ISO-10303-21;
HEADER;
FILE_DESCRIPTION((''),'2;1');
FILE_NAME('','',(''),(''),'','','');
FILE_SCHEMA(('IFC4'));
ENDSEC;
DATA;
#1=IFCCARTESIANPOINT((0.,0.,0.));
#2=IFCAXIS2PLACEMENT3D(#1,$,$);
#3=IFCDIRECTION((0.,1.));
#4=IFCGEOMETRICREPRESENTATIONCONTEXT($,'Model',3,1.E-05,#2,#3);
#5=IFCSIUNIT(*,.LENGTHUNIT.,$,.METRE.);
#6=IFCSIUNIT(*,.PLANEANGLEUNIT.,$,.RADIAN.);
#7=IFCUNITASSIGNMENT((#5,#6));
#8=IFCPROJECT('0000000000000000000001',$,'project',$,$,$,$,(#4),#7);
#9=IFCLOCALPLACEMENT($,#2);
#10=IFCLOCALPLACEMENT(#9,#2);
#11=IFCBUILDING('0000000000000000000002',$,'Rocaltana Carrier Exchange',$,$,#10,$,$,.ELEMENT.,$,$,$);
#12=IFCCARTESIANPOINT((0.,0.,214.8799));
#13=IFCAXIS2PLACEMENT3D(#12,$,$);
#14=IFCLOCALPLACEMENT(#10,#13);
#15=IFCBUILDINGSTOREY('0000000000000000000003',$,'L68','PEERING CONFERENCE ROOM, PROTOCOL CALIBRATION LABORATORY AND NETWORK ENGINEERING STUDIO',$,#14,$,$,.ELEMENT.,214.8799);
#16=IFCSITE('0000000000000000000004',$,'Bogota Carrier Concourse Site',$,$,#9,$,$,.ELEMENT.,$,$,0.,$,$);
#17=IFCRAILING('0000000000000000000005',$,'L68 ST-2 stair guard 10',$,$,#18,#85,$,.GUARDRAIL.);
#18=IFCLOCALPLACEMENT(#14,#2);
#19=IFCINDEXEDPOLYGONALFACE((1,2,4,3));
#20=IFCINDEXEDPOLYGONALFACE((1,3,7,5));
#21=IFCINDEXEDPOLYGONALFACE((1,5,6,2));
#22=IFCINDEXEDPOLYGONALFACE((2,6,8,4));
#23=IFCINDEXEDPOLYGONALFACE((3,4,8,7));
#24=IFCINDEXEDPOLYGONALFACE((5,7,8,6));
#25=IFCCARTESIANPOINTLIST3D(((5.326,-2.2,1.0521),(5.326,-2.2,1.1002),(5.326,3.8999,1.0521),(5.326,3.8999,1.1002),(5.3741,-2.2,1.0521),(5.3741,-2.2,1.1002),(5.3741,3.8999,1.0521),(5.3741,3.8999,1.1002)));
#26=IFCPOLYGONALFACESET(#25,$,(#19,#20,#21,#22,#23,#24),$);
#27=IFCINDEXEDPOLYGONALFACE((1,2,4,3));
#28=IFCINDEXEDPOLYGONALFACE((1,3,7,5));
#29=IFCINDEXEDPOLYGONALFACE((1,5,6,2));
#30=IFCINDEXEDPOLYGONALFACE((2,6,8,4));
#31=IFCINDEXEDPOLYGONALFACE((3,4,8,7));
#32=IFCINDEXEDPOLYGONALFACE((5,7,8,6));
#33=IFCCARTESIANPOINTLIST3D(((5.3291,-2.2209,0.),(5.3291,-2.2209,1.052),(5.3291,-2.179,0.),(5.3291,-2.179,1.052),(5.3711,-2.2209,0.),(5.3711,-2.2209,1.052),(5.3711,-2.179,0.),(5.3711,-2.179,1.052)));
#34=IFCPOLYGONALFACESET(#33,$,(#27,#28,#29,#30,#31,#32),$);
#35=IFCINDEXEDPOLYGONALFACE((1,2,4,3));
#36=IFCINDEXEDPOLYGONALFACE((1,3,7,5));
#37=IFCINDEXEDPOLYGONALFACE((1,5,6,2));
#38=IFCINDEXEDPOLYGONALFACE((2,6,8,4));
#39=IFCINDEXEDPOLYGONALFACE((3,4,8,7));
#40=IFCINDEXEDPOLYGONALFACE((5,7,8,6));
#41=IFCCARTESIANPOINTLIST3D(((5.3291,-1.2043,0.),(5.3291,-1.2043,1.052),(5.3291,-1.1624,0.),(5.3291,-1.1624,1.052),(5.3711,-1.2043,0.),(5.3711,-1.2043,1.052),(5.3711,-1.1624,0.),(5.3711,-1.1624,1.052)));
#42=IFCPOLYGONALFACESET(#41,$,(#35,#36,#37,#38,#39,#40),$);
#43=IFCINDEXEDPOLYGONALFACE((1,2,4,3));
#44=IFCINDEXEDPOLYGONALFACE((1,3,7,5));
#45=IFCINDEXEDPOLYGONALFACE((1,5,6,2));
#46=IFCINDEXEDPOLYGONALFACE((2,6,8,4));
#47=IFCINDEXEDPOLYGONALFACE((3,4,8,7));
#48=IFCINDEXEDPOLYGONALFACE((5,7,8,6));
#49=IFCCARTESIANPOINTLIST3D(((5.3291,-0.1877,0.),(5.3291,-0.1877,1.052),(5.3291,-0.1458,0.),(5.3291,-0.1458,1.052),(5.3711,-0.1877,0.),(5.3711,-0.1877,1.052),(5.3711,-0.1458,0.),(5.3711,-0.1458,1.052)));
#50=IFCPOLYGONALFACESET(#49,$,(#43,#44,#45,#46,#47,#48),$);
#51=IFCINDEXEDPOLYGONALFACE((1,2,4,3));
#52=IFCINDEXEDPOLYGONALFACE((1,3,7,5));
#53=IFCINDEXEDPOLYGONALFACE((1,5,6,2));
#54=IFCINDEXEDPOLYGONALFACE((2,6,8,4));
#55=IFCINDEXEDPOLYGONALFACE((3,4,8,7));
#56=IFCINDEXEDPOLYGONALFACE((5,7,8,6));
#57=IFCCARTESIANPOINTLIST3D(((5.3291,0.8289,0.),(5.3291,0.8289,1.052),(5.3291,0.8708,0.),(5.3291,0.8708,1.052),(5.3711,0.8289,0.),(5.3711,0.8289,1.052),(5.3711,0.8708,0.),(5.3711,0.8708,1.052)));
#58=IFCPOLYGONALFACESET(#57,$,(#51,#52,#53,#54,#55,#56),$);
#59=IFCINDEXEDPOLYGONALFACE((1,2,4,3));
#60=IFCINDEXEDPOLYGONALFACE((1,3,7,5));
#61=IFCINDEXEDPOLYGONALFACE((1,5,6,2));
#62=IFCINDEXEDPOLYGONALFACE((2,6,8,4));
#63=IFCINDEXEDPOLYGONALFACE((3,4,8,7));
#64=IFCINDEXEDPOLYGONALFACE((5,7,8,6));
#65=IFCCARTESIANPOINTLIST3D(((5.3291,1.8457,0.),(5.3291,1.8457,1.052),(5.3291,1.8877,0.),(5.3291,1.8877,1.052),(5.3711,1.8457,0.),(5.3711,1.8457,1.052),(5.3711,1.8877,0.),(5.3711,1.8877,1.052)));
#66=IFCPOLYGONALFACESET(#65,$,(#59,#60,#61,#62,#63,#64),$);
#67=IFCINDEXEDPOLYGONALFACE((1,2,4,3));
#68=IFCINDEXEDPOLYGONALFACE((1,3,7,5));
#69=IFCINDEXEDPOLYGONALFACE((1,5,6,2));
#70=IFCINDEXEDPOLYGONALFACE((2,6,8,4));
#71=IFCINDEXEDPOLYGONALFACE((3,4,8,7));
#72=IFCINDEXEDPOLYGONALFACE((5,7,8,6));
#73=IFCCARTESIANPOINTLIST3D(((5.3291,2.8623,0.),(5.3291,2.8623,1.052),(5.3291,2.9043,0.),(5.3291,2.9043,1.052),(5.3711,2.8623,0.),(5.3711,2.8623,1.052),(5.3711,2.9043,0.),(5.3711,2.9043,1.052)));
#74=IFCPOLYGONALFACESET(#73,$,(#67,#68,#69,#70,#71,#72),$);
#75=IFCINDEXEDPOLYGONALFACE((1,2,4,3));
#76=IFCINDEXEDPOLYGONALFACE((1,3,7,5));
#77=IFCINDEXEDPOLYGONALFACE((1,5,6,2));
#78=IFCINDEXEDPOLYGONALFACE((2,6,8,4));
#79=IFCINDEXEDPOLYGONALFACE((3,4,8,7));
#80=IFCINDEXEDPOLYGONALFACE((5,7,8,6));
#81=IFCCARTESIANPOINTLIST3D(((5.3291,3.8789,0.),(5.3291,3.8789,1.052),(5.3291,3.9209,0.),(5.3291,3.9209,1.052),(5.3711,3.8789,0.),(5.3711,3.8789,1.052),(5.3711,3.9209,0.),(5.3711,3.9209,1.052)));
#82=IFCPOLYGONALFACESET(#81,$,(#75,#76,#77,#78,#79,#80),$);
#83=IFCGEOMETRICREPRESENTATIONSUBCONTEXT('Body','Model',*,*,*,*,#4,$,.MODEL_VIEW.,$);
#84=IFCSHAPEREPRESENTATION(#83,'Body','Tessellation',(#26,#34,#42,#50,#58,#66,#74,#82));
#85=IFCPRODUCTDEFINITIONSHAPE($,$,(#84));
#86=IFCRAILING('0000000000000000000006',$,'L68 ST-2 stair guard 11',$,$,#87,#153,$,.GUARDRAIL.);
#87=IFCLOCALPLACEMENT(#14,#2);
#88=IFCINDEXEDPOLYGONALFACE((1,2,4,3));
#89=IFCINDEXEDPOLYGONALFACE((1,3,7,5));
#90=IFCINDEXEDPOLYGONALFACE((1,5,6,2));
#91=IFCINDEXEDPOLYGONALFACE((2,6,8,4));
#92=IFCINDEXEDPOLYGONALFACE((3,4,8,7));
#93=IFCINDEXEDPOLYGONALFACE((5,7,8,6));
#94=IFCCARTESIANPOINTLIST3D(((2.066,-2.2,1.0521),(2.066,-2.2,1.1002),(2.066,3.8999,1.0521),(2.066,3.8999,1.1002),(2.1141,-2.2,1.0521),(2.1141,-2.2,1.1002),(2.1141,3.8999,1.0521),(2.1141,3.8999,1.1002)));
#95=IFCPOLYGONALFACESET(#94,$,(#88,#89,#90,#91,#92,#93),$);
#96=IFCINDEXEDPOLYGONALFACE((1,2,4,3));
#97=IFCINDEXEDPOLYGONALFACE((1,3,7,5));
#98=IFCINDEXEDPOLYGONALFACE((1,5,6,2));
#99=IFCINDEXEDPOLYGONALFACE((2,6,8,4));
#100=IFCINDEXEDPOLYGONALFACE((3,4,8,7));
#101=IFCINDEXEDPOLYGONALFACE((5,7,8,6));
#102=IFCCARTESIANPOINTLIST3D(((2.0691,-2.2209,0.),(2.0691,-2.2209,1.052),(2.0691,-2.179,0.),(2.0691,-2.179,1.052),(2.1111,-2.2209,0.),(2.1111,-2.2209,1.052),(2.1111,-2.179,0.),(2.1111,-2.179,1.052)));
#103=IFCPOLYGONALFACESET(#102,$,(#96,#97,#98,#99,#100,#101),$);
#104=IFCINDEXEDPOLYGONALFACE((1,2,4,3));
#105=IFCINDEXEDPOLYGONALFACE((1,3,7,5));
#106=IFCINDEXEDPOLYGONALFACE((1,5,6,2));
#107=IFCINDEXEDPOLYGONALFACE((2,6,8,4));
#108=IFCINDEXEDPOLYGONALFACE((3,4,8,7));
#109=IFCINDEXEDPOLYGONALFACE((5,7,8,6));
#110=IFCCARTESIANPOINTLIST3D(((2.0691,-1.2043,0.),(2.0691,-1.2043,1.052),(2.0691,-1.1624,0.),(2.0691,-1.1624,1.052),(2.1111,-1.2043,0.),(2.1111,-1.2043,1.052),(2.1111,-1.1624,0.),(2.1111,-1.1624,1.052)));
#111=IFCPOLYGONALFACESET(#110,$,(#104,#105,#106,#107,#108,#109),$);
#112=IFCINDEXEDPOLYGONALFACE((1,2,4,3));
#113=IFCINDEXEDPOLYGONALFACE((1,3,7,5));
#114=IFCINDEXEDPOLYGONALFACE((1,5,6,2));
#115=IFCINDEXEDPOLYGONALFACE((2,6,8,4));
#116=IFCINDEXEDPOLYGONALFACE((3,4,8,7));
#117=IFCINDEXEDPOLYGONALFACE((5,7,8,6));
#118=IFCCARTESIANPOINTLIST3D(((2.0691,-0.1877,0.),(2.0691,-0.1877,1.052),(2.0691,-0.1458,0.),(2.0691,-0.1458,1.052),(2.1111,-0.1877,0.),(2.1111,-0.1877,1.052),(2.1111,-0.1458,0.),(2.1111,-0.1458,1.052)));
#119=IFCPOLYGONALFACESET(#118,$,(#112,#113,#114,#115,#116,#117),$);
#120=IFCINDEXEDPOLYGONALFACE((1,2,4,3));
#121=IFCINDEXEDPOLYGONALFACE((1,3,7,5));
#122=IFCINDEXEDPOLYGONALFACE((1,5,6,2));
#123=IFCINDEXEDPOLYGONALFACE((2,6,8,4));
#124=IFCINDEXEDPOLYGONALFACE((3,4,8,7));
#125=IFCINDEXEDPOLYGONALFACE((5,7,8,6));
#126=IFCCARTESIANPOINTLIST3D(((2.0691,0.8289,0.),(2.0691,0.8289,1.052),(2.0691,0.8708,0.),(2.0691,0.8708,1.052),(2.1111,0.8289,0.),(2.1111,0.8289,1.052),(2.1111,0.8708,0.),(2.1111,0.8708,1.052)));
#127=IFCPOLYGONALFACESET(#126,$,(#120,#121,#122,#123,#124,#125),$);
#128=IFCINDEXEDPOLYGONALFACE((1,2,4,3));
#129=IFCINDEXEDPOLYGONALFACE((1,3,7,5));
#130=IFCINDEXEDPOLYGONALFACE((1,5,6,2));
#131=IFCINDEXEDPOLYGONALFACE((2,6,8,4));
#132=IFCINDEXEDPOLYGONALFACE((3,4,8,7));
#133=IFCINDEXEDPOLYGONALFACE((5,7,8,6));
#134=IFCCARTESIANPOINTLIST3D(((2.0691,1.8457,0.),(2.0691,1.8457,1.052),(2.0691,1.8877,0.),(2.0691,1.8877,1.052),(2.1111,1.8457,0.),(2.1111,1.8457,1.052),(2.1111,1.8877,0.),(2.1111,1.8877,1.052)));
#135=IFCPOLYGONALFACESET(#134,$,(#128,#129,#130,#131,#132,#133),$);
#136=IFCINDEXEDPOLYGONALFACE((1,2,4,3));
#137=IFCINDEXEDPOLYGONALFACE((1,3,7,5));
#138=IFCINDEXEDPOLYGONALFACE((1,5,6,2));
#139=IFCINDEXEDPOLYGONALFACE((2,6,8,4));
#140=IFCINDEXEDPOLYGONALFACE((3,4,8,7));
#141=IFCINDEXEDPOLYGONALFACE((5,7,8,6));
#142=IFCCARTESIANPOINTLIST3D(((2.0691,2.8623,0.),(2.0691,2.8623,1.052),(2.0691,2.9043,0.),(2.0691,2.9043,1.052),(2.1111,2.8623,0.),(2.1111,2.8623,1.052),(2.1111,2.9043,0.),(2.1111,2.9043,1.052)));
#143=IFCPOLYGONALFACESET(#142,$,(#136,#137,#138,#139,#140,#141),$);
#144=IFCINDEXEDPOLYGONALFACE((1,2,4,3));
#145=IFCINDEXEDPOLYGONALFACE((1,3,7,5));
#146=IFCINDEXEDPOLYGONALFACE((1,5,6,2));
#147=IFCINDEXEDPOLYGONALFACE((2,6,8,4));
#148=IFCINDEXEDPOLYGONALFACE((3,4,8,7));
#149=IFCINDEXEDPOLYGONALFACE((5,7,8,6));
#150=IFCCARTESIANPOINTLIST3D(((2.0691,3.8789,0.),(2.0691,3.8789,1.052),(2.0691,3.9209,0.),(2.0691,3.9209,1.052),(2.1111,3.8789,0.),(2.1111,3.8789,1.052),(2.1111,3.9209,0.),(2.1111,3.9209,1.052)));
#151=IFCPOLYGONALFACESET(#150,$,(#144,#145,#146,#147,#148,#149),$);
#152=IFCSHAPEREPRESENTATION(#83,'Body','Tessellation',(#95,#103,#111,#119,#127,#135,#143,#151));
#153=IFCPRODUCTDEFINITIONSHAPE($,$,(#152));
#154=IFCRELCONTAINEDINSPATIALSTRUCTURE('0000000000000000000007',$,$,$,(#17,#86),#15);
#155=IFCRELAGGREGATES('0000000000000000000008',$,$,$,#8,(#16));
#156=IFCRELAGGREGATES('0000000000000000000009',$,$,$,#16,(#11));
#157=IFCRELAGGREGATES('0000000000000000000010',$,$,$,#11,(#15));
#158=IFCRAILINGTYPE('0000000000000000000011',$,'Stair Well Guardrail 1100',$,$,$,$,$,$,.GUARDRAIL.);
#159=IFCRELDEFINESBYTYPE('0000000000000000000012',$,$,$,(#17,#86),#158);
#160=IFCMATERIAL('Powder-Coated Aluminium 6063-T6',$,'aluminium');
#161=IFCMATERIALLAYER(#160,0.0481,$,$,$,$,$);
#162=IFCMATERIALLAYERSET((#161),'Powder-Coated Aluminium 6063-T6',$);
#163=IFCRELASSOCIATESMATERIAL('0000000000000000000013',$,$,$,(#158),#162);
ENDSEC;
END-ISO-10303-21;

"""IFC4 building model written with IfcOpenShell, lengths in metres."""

from ifc_helpers import new_model, si_unit, direction, frame, origin, origin_2d, place, context, subcontext, project, spatial, rectangle, extrude, material, layer, layer_set, type_object, element, save


model = new_model("IFC4")

# Units and contexts
model_context = context("Model", 3, precision=1e-05, world=origin(), true_north=direction((0.0, 1.0)))
body_context = subcontext(model_context, "Body", "Model", "MODEL_VIEW")
ifc_project = project(units=[si_unit("LENGTHUNIT", "METRE"), si_unit("PLANEANGLEUNIT", "RADIAN")], contexts=[model_context])

# Site, building, storey
site_placement = place(None, origin())
site = spatial("IfcSite", under=ifc_project, at=site_placement, Name="Bogota Carrier Concourse Site", CompositionType="ELEMENT", RefElevation=0.0)
building_placement = place(site_placement, origin())
building = spatial("IfcBuilding", under=site, at=building_placement, Name="Rocaltana Carrier Exchange", CompositionType="ELEMENT")
storey_placement = place(building_placement, frame((0.0, 0.0, 214.8799)))
storey = spatial("IfcBuildingStorey", under=building, at=storey_placement, Name="L68", Description="PEERING CONFERENCE ROOM, PROTOCOL CALIBRATION LABORATORY AND NETWORK ENGINEERING STUDIO", CompositionType="ELEMENT", Elevation=214.8799)

# Railings
ifc_material_1 = material(Name="Powder-Coated Aluminium 6063-T6", Category="aluminium")
ifc_layer_1 = layer(ifc_material_1, 0.0481)
ifc_layer_set_1 = layer_set([ifc_layer_1], Name="Powder-Coated Aluminium 6063-T6")
railing_type_1 = type_object("IfcRailingType", Name="Stair Well Guardrail 1100", PredefinedType="GUARDRAIL", material=ifc_layer_set_1)
for number, where, name in (
    (1, (5.3501, -2.2, 0.0), "L68 ST-2 stair guard 10"),
    (2, (2.0901, -2.2, 0.0), "L68 ST-2 stair guard 11"),
):
    element("IfcRailing", number, at=place(storey_placement, frame(where)), inside=storey, type_object=railing_type_1, Name=name, PredefinedType="GUARDRAIL", context=body_context, shape_type="SweptSolid", body=[
        extrude(rectangle(XDim=0.0481, YDim=0.0481, at=origin_2d()), frame((0.0, 0.0, 1.0762), z_axis=(0.0, 1.0, 0.0), x_axis=(-1.0, 0.0, 0.0)), (0.0, 0.0, 1.0), 6.0999),
        extrude(rectangle(XDim=0.042, YDim=0.042, at=origin_2d()), origin(), (0.0, 0.0, 1.0), 1.052),
        extrude(rectangle(XDim=0.042, YDim=0.042, at=origin_2d()), frame((0.0, 1.0166, 0.0)), (0.0, 0.0, 1.0), 1.052),
        extrude(rectangle(XDim=0.042, YDim=0.042, at=origin_2d()), frame((0.0, 2.0332, 0.0)), (0.0, 0.0, 1.0), 1.052),
        extrude(rectangle(XDim=0.042, YDim=0.042, at=origin_2d()), frame((0.0, 3.0498, 0.0)), (0.0, 0.0, 1.0), 1.052),
        extrude(rectangle(XDim=0.042, YDim=0.042, at=origin_2d()), frame((0.0, 4.0667, 0.0)), (0.0, 0.0, 1.0), 1.052),
        extrude(rectangle(XDim=0.042, YDim=0.042, at=origin_2d()), frame((0.0, 5.0833, 0.0)), (0.0, 0.0, 1.0), 1.052),
        extrude(rectangle(XDim=0.042, YDim=0.042, at=origin_2d()), frame((0.0, 6.0999, 0.0)), (0.0, 0.0, 1.0), 1.052),
    ])

save(model, "model.ifc")
